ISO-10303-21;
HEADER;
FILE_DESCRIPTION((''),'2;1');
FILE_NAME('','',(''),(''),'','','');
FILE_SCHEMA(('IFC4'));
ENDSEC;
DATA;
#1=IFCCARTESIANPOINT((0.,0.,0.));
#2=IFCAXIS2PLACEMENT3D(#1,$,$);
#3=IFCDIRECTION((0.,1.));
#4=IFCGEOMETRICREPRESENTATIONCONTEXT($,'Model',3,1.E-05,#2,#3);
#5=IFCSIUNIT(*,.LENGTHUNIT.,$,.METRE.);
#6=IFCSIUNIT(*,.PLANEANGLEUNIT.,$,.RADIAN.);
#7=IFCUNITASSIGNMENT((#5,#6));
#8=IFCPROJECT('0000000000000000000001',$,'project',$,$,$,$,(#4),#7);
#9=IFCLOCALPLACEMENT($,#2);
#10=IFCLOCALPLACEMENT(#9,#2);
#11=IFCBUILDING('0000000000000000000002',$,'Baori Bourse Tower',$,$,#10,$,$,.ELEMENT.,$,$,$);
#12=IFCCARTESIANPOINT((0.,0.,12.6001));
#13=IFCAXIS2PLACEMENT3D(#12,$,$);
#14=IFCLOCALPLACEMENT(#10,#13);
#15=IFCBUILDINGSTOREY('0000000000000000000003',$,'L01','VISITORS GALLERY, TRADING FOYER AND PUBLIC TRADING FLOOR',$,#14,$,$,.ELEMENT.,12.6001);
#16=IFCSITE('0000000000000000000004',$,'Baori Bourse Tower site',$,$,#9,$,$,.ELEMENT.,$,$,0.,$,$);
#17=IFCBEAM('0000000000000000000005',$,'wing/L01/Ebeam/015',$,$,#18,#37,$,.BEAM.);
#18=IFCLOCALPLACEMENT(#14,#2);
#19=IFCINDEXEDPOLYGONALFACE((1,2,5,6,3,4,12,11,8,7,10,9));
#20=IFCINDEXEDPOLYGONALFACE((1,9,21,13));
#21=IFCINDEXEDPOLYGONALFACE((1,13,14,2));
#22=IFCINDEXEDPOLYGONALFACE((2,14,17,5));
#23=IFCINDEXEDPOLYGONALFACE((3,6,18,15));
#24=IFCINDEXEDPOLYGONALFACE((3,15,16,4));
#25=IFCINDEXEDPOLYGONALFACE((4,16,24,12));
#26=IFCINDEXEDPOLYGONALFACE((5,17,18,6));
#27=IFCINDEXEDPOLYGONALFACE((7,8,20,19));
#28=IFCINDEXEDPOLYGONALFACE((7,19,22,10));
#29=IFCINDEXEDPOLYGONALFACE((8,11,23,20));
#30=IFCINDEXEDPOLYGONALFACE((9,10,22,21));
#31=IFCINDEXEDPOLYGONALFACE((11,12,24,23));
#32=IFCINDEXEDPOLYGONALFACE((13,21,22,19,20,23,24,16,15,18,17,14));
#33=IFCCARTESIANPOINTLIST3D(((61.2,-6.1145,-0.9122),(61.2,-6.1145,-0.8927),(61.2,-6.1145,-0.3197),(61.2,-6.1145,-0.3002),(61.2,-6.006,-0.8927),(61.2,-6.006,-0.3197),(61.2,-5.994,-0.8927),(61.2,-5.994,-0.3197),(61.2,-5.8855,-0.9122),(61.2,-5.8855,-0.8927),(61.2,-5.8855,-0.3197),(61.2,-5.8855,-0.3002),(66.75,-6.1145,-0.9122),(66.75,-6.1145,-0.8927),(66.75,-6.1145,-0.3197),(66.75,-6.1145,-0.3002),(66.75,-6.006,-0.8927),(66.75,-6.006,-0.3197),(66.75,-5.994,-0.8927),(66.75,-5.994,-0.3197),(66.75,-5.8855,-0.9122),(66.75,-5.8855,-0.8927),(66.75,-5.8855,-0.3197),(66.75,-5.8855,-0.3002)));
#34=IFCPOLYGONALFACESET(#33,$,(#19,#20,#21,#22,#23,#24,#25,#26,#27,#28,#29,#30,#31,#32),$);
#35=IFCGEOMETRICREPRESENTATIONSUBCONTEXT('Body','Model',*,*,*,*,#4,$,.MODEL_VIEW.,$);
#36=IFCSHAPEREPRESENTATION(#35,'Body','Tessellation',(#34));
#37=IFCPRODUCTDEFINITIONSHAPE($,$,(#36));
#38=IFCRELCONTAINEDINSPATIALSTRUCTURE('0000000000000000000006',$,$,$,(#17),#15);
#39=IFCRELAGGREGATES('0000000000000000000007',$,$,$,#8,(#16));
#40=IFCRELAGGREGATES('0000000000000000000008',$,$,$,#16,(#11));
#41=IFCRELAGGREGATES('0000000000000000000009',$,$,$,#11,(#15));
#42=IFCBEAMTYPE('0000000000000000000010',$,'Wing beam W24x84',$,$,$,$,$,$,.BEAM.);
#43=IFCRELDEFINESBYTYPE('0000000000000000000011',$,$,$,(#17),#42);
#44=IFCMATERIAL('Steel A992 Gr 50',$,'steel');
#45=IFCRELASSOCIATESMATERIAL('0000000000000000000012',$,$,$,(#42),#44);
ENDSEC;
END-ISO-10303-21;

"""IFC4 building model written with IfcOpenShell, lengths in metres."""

from ifc_helpers import new_model, si_unit, direction, frame, origin, origin_2d, place, context, subcontext, project, spatial, i_section, extrude, material, material_profile, profile_set, type_object, element, save


model = new_model("IFC4")

# Units and contexts
model_context = context("Model", 3, precision=1e-05, world=origin(), true_north=direction((0.0, 1.0)))
body_context = subcontext(model_context, "Body", "Model", "MODEL_VIEW")
ifc_project = project(units=[si_unit("LENGTHUNIT", "METRE"), si_unit("PLANEANGLEUNIT", "RADIAN")], contexts=[model_context])

# Site, building, storey
site_placement = place(None, origin())
site = spatial("IfcSite", under=ifc_project, at=site_placement, Name="Baori Bourse Tower site", CompositionType="ELEMENT", RefElevation=0.0)
building_placement = place(site_placement, origin())
building = spatial("IfcBuilding", under=site, at=building_placement, Name="Baori Bourse Tower", CompositionType="ELEMENT")
storey_placement = place(building_placement, frame((0.0, 0.0, 12.6001)))
storey = spatial("IfcBuildingStorey", under=building, at=storey_placement, Name="L01", Description="VISITORS GALLERY, TRADING FOYER AND PUBLIC TRADING FLOOR", CompositionType="ELEMENT", Elevation=12.6001)

# Beam
ifc_material_1 = material(Name="Steel A992 Gr 50", Category="steel")
ifc_material_profile_1 = material_profile(ifc_material_1, i_section(OverallWidth=0.229, OverallDepth=0.6121, WebThickness=0.012, FlangeThickness=0.0195, at=origin_2d()), Name="W24x84")
ifc_profile_set_1 = profile_set([ifc_material_profile_1], Name="Steel A992 Gr 50")
beam_type_1 = type_object("IfcBeamType", Name="Wing beam W24x84", PredefinedType="BEAM", material=ifc_profile_set_1)
for number, where, z_axis, x_axis, name in (
    (1, (66.75, -6.0, -0.6062), (-1.0, 0.0, 0.0), (0.0, -1.0, 0.0), "wing/L01/Ebeam/015"),
):
    element("IfcBeam", number, at=place(storey_placement, frame(where, z_axis=z_axis, x_axis=x_axis)), inside=storey, type_object=beam_type_1, Name=name, PredefinedType="BEAM", context=body_context, shape_type="SweptSolid", body=[
        extrude(i_section(OverallWidth=0.229, OverallDepth=0.6121, WebThickness=0.012, FlangeThickness=0.0195, at=origin_2d()), origin(), (0.0, 0.0, 1.0), 5.55),
    ])

save(model, "model.ifc")
